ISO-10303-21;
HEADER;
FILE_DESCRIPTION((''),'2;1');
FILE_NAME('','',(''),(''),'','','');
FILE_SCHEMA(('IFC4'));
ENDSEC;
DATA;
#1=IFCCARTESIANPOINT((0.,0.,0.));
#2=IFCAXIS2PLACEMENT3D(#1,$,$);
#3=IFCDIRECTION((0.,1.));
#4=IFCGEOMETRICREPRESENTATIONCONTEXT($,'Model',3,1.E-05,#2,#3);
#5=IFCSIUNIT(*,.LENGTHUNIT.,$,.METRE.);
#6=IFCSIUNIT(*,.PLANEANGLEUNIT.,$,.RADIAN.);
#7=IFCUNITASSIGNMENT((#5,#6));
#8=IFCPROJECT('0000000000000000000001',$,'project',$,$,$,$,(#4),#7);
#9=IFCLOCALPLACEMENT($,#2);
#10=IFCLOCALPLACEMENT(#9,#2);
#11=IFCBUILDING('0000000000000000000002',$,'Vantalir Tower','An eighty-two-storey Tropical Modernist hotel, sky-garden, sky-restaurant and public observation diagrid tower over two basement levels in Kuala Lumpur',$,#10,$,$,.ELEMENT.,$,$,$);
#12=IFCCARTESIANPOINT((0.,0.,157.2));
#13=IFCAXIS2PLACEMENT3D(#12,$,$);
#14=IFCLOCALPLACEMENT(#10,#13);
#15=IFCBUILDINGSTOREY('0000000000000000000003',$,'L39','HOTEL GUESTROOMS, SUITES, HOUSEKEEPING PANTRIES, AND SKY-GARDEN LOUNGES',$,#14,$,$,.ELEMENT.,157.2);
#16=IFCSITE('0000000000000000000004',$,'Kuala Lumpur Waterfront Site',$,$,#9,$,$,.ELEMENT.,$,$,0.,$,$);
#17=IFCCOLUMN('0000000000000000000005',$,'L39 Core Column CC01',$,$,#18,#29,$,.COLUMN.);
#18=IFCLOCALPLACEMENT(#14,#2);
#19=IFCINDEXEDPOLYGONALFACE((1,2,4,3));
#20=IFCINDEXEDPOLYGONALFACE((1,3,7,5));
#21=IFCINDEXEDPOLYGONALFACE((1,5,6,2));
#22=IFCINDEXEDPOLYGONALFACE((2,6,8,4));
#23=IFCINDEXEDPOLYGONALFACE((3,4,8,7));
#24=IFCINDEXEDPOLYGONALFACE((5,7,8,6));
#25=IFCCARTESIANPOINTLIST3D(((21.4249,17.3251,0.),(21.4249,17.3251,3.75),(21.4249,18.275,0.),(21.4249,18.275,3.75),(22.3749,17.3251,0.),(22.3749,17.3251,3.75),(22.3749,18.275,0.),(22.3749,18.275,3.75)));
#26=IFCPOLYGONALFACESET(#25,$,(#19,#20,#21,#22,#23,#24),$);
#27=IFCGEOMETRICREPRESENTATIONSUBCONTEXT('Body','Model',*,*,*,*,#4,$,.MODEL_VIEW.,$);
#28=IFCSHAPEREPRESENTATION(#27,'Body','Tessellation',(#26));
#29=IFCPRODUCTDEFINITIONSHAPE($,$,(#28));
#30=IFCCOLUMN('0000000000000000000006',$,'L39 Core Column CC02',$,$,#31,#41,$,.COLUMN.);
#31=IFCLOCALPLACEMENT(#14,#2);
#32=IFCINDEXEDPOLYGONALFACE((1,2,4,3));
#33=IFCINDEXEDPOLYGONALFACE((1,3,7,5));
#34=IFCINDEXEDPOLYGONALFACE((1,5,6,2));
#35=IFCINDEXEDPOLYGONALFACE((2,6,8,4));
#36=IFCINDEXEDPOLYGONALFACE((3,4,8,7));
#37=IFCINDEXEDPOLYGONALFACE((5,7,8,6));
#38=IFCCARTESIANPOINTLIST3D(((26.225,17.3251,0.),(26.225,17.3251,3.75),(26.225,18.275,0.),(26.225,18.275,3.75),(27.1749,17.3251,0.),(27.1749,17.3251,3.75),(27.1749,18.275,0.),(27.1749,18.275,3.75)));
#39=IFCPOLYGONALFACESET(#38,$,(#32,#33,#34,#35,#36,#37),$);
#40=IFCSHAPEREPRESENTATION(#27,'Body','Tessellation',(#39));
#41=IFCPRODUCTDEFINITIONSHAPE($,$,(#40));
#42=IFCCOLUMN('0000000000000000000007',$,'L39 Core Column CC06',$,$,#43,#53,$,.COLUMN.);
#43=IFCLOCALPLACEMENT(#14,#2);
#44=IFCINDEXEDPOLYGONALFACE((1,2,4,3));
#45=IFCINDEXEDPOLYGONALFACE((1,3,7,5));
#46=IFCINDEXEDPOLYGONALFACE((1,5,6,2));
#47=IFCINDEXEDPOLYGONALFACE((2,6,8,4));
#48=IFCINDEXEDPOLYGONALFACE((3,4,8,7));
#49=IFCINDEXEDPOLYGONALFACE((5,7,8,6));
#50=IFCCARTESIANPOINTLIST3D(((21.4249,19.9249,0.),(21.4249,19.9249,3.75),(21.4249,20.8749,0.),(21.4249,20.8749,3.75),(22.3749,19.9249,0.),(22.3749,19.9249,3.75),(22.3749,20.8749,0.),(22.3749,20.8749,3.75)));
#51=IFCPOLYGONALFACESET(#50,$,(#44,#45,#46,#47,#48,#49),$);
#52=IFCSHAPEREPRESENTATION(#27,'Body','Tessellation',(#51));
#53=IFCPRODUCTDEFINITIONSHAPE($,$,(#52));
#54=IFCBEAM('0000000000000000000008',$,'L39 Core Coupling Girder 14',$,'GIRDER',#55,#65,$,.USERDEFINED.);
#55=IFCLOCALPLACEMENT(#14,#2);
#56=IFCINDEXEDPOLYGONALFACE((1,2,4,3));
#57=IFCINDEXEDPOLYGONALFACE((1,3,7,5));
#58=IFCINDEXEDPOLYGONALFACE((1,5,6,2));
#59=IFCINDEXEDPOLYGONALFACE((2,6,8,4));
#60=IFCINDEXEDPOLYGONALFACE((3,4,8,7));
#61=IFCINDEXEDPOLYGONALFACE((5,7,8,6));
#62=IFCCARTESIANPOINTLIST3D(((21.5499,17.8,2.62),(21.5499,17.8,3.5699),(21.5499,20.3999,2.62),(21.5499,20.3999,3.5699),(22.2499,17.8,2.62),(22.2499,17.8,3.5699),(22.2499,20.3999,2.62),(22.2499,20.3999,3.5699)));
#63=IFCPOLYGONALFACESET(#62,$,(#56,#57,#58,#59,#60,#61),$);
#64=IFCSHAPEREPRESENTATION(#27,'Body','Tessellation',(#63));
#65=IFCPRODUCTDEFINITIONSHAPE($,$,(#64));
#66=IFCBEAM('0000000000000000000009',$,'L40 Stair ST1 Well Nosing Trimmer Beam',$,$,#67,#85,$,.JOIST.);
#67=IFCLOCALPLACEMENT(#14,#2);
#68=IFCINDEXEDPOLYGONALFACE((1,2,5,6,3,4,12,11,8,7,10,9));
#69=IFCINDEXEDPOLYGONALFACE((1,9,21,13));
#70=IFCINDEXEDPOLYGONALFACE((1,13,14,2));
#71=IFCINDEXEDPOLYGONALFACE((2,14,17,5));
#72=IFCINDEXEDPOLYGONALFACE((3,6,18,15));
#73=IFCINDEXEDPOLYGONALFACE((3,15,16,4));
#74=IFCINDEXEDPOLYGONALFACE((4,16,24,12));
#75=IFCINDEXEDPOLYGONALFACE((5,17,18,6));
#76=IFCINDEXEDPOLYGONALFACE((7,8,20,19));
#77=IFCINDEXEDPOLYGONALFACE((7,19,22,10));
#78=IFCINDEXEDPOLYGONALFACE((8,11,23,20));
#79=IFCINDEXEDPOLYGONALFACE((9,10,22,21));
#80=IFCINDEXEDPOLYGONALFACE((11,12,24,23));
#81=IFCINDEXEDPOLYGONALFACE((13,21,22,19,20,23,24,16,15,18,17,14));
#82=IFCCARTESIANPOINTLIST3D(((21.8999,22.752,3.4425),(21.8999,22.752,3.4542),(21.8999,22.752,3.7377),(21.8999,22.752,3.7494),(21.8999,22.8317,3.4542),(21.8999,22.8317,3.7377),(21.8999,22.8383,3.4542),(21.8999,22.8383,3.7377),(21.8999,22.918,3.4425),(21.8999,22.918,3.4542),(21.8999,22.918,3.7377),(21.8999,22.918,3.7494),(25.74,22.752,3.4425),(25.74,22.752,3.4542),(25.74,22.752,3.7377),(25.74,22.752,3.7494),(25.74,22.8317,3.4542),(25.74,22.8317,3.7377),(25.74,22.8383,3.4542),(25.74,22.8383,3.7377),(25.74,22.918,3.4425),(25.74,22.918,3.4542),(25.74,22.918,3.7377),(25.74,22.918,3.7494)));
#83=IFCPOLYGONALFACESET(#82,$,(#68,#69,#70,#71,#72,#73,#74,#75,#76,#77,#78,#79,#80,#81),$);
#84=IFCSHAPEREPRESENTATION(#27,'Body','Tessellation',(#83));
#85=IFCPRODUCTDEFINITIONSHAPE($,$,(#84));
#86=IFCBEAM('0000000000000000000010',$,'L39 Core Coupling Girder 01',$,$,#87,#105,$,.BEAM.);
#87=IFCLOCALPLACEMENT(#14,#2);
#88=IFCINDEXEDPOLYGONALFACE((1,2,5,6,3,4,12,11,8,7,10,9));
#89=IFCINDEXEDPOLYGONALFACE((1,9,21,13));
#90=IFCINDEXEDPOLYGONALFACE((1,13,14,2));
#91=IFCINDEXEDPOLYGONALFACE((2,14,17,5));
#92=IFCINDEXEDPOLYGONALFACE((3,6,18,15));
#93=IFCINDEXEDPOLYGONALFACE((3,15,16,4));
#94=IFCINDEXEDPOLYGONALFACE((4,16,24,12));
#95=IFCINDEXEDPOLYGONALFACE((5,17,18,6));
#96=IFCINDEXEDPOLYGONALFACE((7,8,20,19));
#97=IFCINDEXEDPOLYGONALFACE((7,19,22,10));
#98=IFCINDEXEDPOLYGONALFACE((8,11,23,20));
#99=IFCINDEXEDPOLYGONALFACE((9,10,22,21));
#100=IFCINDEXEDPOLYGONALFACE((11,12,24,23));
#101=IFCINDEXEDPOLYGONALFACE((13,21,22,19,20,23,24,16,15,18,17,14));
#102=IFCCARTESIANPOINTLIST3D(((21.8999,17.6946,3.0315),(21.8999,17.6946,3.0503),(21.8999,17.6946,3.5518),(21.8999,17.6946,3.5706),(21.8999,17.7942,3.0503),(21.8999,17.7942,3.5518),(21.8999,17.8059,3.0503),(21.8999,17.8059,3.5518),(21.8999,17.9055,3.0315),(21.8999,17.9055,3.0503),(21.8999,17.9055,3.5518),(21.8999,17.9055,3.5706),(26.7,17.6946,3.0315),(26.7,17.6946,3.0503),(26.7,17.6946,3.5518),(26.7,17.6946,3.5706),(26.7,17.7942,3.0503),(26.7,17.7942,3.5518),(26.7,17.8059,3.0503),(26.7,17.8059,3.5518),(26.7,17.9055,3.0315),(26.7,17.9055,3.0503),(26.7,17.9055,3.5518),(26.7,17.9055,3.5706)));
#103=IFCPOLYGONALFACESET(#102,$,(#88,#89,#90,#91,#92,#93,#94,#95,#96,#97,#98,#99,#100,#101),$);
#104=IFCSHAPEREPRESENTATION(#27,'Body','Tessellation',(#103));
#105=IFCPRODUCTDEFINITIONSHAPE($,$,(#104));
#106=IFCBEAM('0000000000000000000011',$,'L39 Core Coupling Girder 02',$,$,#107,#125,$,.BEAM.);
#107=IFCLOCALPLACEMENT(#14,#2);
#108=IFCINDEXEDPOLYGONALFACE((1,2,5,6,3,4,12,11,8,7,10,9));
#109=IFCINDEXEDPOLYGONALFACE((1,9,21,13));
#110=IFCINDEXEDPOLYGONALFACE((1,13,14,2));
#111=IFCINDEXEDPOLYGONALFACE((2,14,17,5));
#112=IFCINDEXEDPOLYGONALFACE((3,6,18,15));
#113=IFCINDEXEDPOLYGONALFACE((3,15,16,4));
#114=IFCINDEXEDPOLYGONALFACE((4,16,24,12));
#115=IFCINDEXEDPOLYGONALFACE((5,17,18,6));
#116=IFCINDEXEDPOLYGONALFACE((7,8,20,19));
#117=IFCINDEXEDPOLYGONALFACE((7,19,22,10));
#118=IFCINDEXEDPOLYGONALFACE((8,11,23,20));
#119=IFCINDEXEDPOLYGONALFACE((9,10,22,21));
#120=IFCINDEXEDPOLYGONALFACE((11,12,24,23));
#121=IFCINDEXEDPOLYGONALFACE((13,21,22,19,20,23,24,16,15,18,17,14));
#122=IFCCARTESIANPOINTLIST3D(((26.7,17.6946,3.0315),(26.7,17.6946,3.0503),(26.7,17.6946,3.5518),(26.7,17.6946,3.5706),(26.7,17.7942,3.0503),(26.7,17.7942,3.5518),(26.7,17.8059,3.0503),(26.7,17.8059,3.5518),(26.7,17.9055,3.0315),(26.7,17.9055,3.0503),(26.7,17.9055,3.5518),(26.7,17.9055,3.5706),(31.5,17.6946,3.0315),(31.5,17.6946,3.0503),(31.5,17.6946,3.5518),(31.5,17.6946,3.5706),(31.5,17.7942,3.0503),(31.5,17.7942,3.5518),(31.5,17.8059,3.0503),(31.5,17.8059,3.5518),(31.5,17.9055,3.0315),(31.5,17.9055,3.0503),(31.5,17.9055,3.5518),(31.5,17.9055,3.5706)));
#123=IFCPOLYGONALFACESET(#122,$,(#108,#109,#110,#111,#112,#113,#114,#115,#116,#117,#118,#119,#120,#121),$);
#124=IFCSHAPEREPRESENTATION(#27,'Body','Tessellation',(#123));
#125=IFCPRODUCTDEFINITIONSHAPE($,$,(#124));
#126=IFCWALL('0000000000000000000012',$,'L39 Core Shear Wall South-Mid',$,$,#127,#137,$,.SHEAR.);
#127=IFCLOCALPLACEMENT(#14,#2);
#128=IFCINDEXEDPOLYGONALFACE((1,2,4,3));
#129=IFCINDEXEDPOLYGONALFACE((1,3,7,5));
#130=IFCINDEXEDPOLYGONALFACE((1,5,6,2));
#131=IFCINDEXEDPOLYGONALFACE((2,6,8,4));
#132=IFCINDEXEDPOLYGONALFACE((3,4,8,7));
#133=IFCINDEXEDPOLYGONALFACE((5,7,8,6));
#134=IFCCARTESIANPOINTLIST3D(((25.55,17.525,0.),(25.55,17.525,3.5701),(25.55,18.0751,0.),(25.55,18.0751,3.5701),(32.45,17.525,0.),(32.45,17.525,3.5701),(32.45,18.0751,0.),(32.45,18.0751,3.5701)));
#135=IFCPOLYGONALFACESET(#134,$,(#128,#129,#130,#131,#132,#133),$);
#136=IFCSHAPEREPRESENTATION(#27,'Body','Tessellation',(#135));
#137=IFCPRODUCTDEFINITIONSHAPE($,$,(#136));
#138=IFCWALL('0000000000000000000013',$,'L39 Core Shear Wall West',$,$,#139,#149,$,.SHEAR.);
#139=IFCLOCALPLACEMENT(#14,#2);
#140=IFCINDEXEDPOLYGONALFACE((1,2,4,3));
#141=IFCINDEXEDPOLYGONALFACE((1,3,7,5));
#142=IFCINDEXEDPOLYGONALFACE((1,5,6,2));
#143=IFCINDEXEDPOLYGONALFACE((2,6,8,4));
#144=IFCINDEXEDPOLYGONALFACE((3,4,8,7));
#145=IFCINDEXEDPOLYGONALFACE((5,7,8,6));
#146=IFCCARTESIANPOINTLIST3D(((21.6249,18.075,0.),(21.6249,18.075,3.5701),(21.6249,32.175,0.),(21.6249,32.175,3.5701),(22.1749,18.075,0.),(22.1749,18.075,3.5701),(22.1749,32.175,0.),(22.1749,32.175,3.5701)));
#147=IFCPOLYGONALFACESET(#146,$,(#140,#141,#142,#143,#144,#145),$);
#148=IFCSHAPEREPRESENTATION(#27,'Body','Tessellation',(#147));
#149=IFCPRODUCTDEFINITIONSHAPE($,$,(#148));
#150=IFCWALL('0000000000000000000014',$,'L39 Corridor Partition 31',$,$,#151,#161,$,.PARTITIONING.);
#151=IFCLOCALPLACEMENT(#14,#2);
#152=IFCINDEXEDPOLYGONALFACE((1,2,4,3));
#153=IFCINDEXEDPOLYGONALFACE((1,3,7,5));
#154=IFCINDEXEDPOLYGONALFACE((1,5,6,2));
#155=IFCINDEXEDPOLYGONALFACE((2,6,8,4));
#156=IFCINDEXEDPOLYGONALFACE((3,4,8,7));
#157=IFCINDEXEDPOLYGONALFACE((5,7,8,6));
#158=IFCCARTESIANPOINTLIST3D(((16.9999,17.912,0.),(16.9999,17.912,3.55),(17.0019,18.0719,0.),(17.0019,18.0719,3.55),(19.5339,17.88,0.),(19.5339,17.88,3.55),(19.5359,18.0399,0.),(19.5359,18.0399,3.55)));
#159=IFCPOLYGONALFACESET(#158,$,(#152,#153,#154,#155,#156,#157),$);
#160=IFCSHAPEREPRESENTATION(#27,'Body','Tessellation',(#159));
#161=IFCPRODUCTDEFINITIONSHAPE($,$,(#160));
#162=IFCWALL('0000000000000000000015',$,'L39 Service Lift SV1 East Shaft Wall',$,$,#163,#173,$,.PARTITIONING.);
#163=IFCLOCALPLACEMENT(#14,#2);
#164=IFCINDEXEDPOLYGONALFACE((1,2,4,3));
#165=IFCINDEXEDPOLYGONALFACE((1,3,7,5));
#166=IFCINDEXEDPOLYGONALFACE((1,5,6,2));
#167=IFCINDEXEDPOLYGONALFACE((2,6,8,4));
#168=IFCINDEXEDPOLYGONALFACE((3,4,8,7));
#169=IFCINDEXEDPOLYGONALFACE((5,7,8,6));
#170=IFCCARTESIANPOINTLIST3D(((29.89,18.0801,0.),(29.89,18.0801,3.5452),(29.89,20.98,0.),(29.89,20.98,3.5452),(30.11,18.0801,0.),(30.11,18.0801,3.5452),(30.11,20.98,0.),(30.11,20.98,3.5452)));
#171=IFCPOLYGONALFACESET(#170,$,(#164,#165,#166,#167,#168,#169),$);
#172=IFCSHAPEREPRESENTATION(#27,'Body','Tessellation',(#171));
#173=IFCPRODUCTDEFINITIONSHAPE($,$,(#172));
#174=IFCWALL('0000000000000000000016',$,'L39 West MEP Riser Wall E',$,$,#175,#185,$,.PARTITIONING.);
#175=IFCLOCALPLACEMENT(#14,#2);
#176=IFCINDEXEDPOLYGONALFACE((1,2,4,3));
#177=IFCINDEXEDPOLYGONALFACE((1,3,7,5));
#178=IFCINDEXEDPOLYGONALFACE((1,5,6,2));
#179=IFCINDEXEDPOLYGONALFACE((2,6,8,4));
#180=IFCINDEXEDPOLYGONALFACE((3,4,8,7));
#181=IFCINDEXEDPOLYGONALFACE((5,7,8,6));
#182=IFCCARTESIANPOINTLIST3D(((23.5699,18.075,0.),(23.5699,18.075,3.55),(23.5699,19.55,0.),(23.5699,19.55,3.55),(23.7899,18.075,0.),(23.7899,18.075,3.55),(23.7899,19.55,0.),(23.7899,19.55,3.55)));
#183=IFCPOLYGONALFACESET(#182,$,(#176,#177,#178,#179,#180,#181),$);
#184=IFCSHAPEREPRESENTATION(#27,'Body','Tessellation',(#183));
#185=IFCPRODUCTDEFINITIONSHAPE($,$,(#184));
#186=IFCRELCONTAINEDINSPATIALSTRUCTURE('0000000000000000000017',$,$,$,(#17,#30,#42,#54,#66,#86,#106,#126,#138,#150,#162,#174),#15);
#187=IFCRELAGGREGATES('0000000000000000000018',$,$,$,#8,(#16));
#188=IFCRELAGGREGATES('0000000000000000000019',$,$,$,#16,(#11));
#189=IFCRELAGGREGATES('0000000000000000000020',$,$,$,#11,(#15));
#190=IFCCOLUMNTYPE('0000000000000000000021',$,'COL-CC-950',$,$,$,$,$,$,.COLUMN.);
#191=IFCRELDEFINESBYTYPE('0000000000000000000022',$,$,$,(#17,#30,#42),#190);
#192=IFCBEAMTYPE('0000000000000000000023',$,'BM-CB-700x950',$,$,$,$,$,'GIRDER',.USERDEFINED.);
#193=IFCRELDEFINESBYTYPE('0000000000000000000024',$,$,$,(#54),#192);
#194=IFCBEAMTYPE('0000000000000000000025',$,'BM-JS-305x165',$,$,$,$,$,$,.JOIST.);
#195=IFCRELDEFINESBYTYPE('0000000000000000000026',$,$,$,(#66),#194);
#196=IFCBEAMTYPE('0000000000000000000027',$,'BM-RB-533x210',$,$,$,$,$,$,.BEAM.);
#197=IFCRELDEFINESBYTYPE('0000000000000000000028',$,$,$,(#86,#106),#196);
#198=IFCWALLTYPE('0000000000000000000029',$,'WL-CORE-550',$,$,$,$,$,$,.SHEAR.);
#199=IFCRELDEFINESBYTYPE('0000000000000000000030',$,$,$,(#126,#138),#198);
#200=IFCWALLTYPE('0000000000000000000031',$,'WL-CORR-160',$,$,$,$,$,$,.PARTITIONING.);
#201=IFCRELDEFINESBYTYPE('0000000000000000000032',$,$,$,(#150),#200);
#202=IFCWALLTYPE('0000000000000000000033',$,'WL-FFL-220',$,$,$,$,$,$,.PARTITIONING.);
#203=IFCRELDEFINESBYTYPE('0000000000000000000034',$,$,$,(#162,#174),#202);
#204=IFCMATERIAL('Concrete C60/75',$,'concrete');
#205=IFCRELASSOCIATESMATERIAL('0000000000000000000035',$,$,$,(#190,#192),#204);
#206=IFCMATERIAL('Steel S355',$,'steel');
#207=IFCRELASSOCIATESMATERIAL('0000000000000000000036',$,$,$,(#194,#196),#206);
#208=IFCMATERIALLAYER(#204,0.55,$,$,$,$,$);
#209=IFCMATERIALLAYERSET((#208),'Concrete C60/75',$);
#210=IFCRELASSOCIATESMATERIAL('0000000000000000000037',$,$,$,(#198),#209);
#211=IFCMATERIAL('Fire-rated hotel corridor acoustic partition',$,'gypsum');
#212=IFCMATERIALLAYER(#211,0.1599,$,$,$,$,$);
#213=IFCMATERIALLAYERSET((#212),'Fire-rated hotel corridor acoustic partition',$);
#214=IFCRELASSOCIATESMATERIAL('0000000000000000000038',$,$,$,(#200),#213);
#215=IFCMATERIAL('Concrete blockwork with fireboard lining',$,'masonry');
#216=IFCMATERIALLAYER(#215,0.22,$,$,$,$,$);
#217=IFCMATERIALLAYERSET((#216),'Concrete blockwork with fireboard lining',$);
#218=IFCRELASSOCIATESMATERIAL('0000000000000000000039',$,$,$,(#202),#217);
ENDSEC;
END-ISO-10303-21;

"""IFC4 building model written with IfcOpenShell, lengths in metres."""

from ifc_helpers import new_model, si_unit, direction, frame, frame_2d, origin, origin_2d, place, context, subcontext, project, spatial, rectangle, i_section, extrude, material, layer, layer_set, material_profile, profile_set, type_object, element, save


model = new_model("IFC4")

# Units and contexts
model_context = context("Model", 3, precision=1e-05, world=origin(), true_north=direction((0.0, 1.0)))
body_context = subcontext(model_context, "Body", "Model", "MODEL_VIEW")
ifc_project = project(units=[si_unit("LENGTHUNIT", "METRE"), si_unit("PLANEANGLEUNIT", "RADIAN")], contexts=[model_context])

# Site, building, storey
site_placement = place(None, origin())
site = spatial("IfcSite", under=ifc_project, at=site_placement, Name="Kuala Lumpur Waterfront Site", CompositionType="ELEMENT", RefElevation=0.0)
building_placement = place(site_placement, origin())
building = spatial("IfcBuilding", under=site, at=building_placement, Name="Vantalir Tower", Description="An eighty-two-storey Tropical Modernist hotel, sky-garden, sky-restaurant and public observation diagrid tower over two basement levels in Kuala Lumpur", CompositionType="ELEMENT")
storey_placement = place(building_placement, frame((0.0, 0.0, 157.2)))
storey = spatial("IfcBuildingStorey", under=building, at=storey_placement, Name="L39", Description="HOTEL GUESTROOMS, SUITES, HOUSEKEEPING PANTRIES, AND SKY-GARDEN LOUNGES", CompositionType="ELEMENT", Elevation=157.2)

# Columns
ifc_material_1 = material(Name="Concrete C60/75", Category="concrete")
ifc_material_profile_1 = material_profile(ifc_material_1, rectangle(XDim=0.95, YDim=0.95, at=origin_2d()), Name="Concrete C60/75")
ifc_profile_set_1 = profile_set([ifc_material_profile_1], Name="Concrete C60/75")
column_type = type_object("IfcColumnType", Name="COL-CC-950", PredefinedType="COLUMN", material=ifc_profile_set_1)
for number, where, z_axis, x_axis, name in (
    (1, (21.8999, 17.8, 0.0), (0.0, 0.0, 1.0), (1.0, 0.0, 0.0), "L39 Core Column CC01"),
    (2, (26.7, 17.8, 0.0), (0.0, 0.0, 1.0), (1.0, 0.0, 0.0), "L39 Core Column CC02"),
    (3, (21.8999, 20.3999, 0.0), (0.0, 0.0, 1.0), (1.0, 0.0, 0.0), "L39 Core Column CC06"),
):
    element("IfcColumn", number, at=place(storey_placement, frame(where, z_axis=z_axis, x_axis=x_axis)), inside=storey, type_object=column_type, Name=name, PredefinedType="COLUMN", context=body_context, shape_type="SweptSolid", body=[
        extrude(rectangle(XDim=0.95, YDim=0.95, at=origin_2d()), origin(), (0.0, 0.0, 1.0), 3.75),
    ])

# Beams
ifc_material_profile_2 = material_profile(ifc_material_1, rectangle(XDim=0.7, YDim=0.95, at=origin_2d()), Name="Concrete C60/75")
ifc_profile_set_2 = profile_set([ifc_material_profile_2], Name="Concrete C60/75")
beam_type_1 = type_object("IfcBeamType", Name="BM-CB-700x950", ElementType="GIRDER", PredefinedType="USERDEFINED", material=ifc_profile_set_2)
beam_1_placement = place(storey_placement, frame((21.8999, 20.3999, 3.095), z_axis=(0.0, -1.0, 0.0), x_axis=(1.0, 0.0, 0.0)))
element("IfcBeam", 4, at=beam_1_placement, inside=storey, type_object=beam_type_1, Name="L39 Core Coupling Girder 14", ObjectType="GIRDER", PredefinedType="USERDEFINED", context=body_context, shape_type="SweptSolid", body=[
    extrude(rectangle(XDim=0.7, YDim=0.95, at=origin_2d()), origin(), (0.0, 0.0, 1.0), 2.5999),
])
ifc_material_2 = material(Name="Steel S355", Category="steel")
ifc_material_profile_3 = material_profile(ifc_material_2, i_section(OverallWidth=0.166, OverallDepth=0.3069, WebThickness=0.0066, FlangeThickness=0.0117, at=origin_2d()), Name="Steel S355")
ifc_profile_set_3 = profile_set([ifc_material_profile_3], Name="Steel S355")
beam_type_2 = type_object("IfcBeamType", Name="BM-JS-305x165", PredefinedType="JOIST", material=ifc_profile_set_3)
beam_2_placement = place(storey_placement, frame((21.8999, 22.835, 3.5959), z_axis=(1.0, 0.0, 0.0), x_axis=(0.0, 1.0, 0.0)))
element("IfcBeam", 5, at=beam_2_placement, inside=storey, type_object=beam_type_2, Name="L40 Stair ST1 Well Nosing Trimmer Beam", PredefinedType="JOIST", context=body_context, shape_type="SweptSolid", body=[
    extrude(i_section(OverallWidth=0.166, OverallDepth=0.3069, WebThickness=0.0066, FlangeThickness=0.0117, at=origin_2d()), origin(), (0.0, 0.0, 1.0), 3.8401),
])
ifc_material_profile_4 = material_profile(ifc_material_2, i_section(OverallWidth=0.2109, OverallDepth=0.5391, WebThickness=0.0117, FlangeThickness=0.0188, at=origin_2d()), Name="Steel S355")
ifc_profile_set_4 = profile_set([ifc_material_profile_4], Name="Steel S355")
beam_type_3 = type_object("IfcBeamType", Name="BM-RB-533x210", PredefinedType="BEAM", material=ifc_profile_set_4)
for number, where, z_axis, x_axis, name in (
    (6, (21.8999, 17.8, 3.301), (1.0, 0.0, 0.0), (0.0, 1.0, 0.0), "L39 Core Coupling Girder 01"),
    (7, (26.7, 17.8, 3.301), (1.0, 0.0, 0.0), (0.0, 1.0, 0.0), "L39 Core Coupling Girder 02"),
):
    element("IfcBeam", number, at=place(storey_placement, frame(where, z_axis=z_axis, x_axis=x_axis)), inside=storey, type_object=beam_type_3, Name=name, PredefinedType="BEAM", context=body_context, shape_type="SweptSolid", body=[
        extrude(i_section(OverallWidth=0.2109, OverallDepth=0.5391, WebThickness=0.0117, FlangeThickness=0.0188, at=origin_2d()), origin(), (0.0, 0.0, 1.0), 4.8),
    ])

# Walls
ifc_layer_1 = layer(ifc_material_1, 0.55)
ifc_layer_set_1 = layer_set([ifc_layer_1], Name="Concrete C60/75")
wall_type_1 = type_object("IfcWallType", Name="WL-CORE-550", PredefinedType="SHEAR", material=ifc_layer_set_1)
wall_1_placement = place(storey_placement, frame((25.55, 17.8, 0.0), z_axis=(0.0, 0.0, 1.0), x_axis=(1.0, 0.0, 0.0)))
element("IfcWall", 8, at=wall_1_placement, inside=storey, type_object=wall_type_1, Name="L39 Core Shear Wall South-Mid", PredefinedType="SHEAR", context=body_context, shape_type="SweptSolid", body=[
    extrude(rectangle(XDim=6.8999, YDim=0.55, at=frame_2d((3.45, 0.0))), origin(), (0.0, 0.0, 1.0), 3.5701),
])
wall_2_placement = place(storey_placement, frame((21.8999, 18.075, 0.0), z_axis=(0.0, 0.0, 1.0), x_axis=(0.0, 1.0, 0.0)))
element("IfcWall", 9, at=wall_2_placement, inside=storey, type_object=wall_type_1, Name="L39 Core Shear Wall West", PredefinedType="SHEAR", context=body_context, shape_type="SweptSolid", body=[
    extrude(rectangle(XDim=14.1001, YDim=0.55, at=frame_2d((7.05, 0.0))), origin(), (0.0, 0.0, 1.0), 3.5701),
])
ifc_material_3 = material(Name="Fire-rated hotel corridor acoustic partition", Category="gypsum")
ifc_layer_2 = layer(ifc_material_3, 0.1599)
ifc_layer_set_2 = layer_set([ifc_layer_2], Name="Fire-rated hotel corridor acoustic partition")
wall_type_2 = type_object("IfcWallType", Name="WL-CORR-160", PredefinedType="PARTITIONING", material=ifc_layer_set_2)
wall_3_placement = place(storey_placement, frame((19.5349, 17.96, 0.0), z_axis=(0.0, 0.0, 1.0), x_axis=(-0.99992, 0.012621, 0.0)))
element("IfcWall", 10, at=wall_3_placement, inside=storey, type_object=wall_type_2, Name="L39 Corridor Partition 31", PredefinedType="PARTITIONING", context=body_context, shape_type="SweptSolid", body=[
    extrude(rectangle(XDim=2.5342, YDim=0.1599, at=frame_2d((1.2671, 0.0))), origin(), (0.0, 0.0, 1.0), 3.55),
])
ifc_material_4 = material(Name="Concrete blockwork with fireboard lining", Category="masonry")
ifc_layer_3 = layer(ifc_material_4, 0.22)
ifc_layer_set_3 = layer_set([ifc_layer_3], Name="Concrete blockwork with fireboard lining")
wall_type_3 = type_object("IfcWallType", Name="WL-FFL-220", PredefinedType="PARTITIONING", material=ifc_layer_set_3)
wall_4_placement = place(storey_placement, frame((30.0, 18.0801, 0.0), z_axis=(0.0, 0.0, 1.0), x_axis=(0.0, 1.0, 0.0)))
element("IfcWall", 11, at=wall_4_placement, inside=storey, type_object=wall_type_3, Name="L39 Service Lift SV1 East Shaft Wall", PredefinedType="PARTITIONING", context=body_context, shape_type="SweptSolid", body=[
    extrude(rectangle(XDim=2.8999, YDim=0.22, at=frame_2d((1.45, 0.0))), origin(), (0.0, 0.0, 1.0), 3.5452),
])
wall_5_placement = place(storey_placement, frame((23.6799, 18.075, 0.0), z_axis=(0.0, 0.0, 1.0), x_axis=(0.0, 1.0, 0.0)))
element("IfcWall", 12, at=wall_5_placement, inside=storey, type_object=wall_type_3, Name="L39 West MEP Riser Wall E", PredefinedType="PARTITIONING", context=body_context, shape_type="SweptSolid", body=[
    extrude(rectangle(XDim=1.4751, YDim=0.22, at=frame_2d((0.7375, 0.0))), origin(), (0.0, 0.0, 1.0), 3.55),
])

save(model, "model.ifc")
